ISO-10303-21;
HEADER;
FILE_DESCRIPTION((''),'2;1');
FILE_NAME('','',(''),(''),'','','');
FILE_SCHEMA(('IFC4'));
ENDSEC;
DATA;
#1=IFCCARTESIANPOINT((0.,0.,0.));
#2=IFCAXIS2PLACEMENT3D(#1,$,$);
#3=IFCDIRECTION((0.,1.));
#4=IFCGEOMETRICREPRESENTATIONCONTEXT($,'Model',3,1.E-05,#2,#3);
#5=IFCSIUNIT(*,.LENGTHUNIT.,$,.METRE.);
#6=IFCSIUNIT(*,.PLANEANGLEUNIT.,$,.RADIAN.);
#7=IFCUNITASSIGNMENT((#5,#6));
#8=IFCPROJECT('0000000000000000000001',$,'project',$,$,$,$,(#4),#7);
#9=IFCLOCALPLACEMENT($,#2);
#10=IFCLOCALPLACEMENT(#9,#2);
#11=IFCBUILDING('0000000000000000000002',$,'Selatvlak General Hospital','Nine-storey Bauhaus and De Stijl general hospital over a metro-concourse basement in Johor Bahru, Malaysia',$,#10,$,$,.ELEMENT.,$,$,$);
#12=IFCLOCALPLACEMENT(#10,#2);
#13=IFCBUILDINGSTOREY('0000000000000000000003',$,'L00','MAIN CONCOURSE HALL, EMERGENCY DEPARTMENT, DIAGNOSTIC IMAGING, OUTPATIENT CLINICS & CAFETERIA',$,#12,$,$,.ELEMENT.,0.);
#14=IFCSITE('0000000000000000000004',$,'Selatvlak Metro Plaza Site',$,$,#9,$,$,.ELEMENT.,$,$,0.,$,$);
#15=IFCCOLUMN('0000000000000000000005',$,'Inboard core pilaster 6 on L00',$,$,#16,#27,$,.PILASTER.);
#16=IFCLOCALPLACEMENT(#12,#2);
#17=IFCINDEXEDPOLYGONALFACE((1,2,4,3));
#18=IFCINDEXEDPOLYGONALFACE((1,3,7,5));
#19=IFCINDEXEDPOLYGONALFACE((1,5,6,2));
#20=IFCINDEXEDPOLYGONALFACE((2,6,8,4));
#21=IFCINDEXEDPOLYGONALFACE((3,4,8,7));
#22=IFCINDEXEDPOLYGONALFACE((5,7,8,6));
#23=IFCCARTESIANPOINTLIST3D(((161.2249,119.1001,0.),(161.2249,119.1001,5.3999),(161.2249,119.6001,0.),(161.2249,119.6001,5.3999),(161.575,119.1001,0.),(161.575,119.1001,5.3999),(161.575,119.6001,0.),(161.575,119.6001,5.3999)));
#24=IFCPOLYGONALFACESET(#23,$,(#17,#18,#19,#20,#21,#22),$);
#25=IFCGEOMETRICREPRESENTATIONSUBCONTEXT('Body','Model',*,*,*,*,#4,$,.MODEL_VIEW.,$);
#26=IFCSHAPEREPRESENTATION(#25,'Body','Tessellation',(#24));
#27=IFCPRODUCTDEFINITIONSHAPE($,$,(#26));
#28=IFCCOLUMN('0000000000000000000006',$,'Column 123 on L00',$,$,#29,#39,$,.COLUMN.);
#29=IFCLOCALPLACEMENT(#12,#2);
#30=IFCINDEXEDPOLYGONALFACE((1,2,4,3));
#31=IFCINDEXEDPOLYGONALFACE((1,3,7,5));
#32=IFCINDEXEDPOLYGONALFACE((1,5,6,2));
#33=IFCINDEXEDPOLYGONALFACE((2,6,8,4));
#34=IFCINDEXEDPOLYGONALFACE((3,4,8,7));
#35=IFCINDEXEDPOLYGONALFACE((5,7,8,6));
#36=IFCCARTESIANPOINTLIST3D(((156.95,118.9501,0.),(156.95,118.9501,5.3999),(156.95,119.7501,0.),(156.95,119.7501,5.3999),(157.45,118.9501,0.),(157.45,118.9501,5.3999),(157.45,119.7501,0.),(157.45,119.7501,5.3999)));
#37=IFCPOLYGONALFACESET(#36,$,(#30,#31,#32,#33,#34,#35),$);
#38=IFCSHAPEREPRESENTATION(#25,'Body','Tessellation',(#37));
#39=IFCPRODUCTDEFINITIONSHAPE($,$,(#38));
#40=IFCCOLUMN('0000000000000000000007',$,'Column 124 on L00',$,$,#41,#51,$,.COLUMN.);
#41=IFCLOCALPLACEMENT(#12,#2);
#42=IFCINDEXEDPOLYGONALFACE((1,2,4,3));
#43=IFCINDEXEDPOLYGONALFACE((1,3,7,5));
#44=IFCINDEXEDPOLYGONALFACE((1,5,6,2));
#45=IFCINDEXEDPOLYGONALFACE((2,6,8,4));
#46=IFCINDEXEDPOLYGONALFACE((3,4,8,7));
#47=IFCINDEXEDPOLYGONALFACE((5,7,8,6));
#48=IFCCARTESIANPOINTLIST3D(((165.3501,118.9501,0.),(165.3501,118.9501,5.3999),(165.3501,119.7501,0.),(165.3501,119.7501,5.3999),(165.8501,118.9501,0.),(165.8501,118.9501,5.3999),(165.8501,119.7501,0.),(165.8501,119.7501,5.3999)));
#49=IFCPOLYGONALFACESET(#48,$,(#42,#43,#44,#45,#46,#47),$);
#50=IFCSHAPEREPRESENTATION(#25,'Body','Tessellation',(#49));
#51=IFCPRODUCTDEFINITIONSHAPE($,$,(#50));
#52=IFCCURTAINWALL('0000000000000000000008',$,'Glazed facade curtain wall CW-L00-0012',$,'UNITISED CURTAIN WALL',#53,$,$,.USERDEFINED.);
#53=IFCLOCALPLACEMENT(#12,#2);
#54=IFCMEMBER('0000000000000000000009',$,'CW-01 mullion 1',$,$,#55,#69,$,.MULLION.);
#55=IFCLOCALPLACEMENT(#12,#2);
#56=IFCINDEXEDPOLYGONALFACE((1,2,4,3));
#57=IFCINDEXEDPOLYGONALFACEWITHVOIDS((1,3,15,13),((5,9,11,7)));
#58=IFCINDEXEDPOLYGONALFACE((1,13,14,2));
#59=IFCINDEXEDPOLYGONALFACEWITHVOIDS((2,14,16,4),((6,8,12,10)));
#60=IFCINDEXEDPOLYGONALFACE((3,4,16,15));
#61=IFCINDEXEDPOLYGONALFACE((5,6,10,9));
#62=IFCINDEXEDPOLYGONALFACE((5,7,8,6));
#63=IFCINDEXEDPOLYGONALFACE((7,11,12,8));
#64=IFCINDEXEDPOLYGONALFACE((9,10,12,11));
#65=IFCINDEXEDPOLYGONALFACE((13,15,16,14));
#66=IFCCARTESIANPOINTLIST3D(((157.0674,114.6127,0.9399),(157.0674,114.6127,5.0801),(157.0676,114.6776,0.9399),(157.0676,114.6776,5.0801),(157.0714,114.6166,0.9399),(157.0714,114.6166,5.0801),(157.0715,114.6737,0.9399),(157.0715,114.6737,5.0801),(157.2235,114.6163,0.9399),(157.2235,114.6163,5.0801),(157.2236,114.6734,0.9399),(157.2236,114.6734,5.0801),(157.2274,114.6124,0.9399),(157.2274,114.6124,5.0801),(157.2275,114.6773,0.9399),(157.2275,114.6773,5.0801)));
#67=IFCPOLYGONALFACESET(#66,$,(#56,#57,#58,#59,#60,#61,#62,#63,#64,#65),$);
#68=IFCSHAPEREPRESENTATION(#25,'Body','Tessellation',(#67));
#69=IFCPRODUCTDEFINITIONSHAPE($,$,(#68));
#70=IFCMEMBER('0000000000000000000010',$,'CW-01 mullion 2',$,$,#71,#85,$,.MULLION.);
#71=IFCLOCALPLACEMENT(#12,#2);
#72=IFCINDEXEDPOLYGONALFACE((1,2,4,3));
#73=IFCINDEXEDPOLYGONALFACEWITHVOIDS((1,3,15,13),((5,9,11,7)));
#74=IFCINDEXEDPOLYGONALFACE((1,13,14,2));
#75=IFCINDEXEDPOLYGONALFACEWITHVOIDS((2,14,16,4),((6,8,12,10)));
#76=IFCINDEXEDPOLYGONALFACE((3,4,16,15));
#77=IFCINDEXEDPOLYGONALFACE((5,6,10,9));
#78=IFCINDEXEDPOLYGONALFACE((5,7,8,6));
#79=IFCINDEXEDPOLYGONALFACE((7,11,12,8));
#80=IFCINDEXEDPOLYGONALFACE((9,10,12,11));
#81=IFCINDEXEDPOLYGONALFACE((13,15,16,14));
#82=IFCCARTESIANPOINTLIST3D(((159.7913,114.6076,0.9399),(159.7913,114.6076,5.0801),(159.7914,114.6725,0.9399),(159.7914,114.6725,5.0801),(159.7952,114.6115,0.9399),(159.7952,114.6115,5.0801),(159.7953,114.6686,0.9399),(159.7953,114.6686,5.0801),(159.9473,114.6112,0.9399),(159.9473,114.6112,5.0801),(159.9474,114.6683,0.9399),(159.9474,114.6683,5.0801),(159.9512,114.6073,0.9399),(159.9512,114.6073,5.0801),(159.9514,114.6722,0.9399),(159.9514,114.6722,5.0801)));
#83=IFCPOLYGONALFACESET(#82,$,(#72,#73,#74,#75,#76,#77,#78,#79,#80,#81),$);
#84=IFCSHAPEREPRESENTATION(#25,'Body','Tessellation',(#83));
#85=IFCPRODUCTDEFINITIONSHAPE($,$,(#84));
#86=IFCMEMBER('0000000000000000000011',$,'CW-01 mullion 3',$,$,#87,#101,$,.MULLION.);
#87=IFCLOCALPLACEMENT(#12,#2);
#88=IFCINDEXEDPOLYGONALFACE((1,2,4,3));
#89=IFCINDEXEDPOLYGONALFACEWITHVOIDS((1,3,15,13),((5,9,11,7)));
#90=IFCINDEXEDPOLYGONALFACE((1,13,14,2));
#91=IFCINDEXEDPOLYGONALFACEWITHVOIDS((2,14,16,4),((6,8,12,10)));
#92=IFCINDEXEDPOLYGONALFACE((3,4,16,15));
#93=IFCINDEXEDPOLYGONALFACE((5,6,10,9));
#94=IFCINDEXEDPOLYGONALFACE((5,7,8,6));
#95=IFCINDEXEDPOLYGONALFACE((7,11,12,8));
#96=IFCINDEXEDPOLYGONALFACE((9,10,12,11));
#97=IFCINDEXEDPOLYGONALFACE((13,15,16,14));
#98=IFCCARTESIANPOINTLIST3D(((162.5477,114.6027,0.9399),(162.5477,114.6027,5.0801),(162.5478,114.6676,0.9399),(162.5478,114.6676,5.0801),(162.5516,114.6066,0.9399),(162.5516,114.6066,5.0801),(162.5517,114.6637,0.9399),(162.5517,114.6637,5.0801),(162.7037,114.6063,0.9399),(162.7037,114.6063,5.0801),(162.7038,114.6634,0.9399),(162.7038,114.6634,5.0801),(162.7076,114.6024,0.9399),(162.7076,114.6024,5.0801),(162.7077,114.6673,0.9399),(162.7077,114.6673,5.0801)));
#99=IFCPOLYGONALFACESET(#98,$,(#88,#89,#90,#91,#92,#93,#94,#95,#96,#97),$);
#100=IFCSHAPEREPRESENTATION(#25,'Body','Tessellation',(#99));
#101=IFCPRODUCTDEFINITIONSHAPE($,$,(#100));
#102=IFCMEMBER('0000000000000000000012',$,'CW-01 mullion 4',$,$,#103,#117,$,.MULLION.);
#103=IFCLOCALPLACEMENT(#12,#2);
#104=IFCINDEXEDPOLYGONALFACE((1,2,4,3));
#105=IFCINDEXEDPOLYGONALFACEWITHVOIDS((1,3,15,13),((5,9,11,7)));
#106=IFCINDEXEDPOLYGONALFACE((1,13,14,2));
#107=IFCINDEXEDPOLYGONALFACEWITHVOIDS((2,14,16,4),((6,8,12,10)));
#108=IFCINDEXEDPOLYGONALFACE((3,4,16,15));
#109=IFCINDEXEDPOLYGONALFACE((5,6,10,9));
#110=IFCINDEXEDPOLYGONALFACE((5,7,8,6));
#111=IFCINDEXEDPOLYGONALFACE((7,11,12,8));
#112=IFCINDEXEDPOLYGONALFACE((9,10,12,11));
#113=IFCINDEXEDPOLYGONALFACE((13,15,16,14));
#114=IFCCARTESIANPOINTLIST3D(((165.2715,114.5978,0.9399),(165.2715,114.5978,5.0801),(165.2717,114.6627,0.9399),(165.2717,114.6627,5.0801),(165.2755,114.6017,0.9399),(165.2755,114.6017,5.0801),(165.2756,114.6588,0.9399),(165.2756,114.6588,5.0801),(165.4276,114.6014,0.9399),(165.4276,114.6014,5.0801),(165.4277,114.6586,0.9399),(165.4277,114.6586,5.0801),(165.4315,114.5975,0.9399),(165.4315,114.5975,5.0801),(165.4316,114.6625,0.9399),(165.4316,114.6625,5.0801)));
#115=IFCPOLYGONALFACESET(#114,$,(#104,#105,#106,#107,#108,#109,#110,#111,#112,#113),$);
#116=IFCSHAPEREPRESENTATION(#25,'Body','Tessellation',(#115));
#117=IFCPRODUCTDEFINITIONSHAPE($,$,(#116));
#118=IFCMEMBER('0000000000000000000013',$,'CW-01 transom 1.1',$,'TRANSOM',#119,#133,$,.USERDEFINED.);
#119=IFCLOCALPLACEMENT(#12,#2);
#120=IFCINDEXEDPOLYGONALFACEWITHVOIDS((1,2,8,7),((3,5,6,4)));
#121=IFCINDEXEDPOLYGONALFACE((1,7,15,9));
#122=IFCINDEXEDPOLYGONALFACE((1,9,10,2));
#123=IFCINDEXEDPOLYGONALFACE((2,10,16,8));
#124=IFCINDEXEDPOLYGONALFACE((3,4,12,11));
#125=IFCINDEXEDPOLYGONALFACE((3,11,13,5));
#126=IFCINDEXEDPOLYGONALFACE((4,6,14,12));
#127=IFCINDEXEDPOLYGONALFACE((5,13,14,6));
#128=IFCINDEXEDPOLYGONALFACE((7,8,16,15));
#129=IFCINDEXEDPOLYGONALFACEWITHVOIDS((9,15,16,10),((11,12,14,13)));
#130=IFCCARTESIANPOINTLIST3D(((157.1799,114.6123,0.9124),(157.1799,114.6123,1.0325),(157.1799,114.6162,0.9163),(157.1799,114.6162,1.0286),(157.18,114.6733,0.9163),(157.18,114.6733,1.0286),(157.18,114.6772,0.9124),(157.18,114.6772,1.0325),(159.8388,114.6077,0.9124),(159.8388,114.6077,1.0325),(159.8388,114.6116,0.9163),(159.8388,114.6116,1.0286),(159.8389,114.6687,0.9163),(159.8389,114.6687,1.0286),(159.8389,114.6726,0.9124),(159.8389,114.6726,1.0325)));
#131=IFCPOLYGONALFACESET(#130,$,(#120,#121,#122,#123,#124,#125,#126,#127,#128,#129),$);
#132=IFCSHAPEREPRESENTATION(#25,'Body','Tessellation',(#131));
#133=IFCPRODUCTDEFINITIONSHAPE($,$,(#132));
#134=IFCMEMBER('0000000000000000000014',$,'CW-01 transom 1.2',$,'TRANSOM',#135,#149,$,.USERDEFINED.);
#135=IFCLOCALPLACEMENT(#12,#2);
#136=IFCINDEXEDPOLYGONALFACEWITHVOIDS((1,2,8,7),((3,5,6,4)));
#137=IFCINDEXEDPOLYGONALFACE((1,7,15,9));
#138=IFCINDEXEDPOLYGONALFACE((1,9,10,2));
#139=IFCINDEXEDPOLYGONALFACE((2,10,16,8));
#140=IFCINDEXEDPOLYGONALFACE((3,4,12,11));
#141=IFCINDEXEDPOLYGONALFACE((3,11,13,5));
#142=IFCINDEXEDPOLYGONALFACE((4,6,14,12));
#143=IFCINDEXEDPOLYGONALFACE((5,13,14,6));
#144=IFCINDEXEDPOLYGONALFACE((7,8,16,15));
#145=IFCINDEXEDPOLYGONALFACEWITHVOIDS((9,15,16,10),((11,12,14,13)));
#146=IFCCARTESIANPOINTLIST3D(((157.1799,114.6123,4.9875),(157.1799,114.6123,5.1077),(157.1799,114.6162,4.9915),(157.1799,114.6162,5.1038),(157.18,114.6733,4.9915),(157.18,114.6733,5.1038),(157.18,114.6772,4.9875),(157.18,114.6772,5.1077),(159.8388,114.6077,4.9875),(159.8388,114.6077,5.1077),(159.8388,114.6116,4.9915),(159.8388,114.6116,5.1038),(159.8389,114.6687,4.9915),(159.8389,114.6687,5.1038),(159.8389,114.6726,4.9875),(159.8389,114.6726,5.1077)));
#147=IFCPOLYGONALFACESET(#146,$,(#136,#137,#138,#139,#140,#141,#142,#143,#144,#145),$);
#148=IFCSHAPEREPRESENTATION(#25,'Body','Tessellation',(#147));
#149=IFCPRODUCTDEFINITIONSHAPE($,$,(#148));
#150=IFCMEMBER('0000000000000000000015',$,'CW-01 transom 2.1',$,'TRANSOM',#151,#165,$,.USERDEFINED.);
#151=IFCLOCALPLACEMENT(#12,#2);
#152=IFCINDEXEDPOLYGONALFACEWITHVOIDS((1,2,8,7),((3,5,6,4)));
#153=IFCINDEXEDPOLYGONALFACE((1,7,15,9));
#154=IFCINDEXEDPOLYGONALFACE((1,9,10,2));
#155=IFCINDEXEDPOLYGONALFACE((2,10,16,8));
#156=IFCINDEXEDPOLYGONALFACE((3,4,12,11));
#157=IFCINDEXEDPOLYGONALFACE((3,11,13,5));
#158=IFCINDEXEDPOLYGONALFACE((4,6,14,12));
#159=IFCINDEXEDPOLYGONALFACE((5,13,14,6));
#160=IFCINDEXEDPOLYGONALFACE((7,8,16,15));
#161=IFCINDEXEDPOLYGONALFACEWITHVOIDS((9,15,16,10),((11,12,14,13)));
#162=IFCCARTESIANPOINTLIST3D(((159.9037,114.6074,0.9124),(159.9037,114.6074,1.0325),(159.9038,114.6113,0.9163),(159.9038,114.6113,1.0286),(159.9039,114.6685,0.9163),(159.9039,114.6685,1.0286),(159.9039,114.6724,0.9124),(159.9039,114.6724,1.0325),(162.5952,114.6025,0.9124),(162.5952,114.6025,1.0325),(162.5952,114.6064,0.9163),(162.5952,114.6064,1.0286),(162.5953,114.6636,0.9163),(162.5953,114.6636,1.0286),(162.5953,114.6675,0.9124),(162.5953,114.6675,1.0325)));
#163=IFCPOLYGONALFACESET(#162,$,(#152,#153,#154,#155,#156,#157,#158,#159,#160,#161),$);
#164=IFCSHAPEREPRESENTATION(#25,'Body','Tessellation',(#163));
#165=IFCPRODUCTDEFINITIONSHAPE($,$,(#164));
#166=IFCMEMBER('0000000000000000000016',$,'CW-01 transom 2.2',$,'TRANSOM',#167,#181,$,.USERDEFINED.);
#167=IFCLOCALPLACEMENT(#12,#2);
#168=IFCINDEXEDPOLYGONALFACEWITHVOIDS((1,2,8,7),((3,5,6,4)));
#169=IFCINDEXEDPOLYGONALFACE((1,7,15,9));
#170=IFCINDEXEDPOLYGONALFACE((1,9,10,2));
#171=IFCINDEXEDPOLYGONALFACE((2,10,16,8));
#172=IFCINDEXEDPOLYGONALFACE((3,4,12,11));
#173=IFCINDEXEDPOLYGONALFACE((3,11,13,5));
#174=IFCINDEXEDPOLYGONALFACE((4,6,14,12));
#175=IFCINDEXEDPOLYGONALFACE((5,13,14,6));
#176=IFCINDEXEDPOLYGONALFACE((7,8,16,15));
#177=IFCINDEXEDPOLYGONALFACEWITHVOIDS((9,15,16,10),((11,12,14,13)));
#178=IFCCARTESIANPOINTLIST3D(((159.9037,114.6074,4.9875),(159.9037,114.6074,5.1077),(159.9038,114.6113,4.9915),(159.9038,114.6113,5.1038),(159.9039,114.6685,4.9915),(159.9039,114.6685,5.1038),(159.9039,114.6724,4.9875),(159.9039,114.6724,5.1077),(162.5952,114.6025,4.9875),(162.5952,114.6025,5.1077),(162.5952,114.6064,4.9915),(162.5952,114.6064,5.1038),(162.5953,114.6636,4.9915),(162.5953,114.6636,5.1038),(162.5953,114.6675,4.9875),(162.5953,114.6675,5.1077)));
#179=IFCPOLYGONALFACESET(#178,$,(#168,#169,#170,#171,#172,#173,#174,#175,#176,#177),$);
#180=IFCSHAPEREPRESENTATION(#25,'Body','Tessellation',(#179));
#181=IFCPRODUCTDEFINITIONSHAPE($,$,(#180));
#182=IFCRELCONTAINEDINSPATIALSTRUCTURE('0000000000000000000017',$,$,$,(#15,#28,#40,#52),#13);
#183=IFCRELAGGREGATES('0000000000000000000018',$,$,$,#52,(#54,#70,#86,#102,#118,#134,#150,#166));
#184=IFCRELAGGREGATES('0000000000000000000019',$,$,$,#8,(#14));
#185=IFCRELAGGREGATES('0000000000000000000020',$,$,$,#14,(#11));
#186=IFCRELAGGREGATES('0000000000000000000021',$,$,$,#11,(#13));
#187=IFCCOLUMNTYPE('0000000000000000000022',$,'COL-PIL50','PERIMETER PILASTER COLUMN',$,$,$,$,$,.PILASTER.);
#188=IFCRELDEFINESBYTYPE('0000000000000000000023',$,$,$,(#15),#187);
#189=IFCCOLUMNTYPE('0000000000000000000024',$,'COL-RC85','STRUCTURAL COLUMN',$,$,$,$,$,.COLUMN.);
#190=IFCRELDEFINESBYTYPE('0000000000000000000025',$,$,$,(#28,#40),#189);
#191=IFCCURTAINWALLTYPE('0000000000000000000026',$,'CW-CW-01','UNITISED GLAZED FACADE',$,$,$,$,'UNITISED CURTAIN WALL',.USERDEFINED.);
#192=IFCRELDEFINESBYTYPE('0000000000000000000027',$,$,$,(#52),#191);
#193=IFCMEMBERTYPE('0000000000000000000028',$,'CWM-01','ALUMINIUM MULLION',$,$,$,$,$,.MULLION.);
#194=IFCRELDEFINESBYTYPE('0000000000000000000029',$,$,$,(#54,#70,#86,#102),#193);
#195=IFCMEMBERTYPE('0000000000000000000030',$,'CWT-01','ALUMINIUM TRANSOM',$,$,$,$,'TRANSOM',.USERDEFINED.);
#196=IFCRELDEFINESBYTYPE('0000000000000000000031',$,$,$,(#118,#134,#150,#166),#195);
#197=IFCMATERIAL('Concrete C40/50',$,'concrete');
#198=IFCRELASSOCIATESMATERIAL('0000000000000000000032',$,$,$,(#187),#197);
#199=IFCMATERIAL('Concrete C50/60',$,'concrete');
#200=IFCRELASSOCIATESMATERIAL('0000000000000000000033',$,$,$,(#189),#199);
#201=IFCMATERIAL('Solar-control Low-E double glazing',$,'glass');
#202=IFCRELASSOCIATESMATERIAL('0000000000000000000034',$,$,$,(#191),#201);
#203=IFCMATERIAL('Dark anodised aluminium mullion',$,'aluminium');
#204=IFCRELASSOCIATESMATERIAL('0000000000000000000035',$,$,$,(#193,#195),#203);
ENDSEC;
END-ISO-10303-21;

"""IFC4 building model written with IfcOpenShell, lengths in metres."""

from ifc_helpers import new_model, si_unit, direction, frame, origin, origin_2d, place, context, subcontext, project, spatial, rectangle, hollow_rectangle, extrude, material, material_profile, profile_set, type_object, element, aggregate, save


model = new_model("IFC4")

# Units and contexts
model_context = context("Model", 3, precision=1e-05, world=origin(), true_north=direction((0.0, 1.0)))
body_context = subcontext(model_context, "Body", "Model", "MODEL_VIEW")
ifc_project = project(units=[si_unit("LENGTHUNIT", "METRE"), si_unit("PLANEANGLEUNIT", "RADIAN")], contexts=[model_context])

# Site, building, storey
site_placement = place(None, origin())
site = spatial("IfcSite", under=ifc_project, at=site_placement, Name="Selatvlak Metro Plaza Site", CompositionType="ELEMENT", RefElevation=0.0)
building_placement = place(site_placement, origin())
building = spatial("IfcBuilding", under=site, at=building_placement, Name="Selatvlak General Hospital", Description="Nine-storey Bauhaus and De Stijl general hospital over a metro-concourse basement in Johor Bahru, Malaysia", CompositionType="ELEMENT")
storey_placement = place(building_placement, origin())
storey = spatial("IfcBuildingStorey", under=building, at=storey_placement, Name="L00", Description="MAIN CONCOURSE HALL, EMERGENCY DEPARTMENT, DIAGNOSTIC IMAGING, OUTPATIENT CLINICS & CAFETERIA", CompositionType="ELEMENT", Elevation=0.0)

# Columns
ifc_material_1 = material(Name="Concrete C40/50", Category="concrete")
ifc_material_profile_1 = material_profile(ifc_material_1, rectangle(XDim=0.3501, YDim=0.5, at=origin_2d()), Name="RC-PIL 500x350")
ifc_profile_set_1 = profile_set([ifc_material_profile_1], Name="Concrete C40/50")
column_type_1 = type_object("IfcColumnType", Name="COL-PIL50", Description="PERIMETER PILASTER COLUMN", PredefinedType="PILASTER", material=ifc_profile_set_1)
column_placement = place(storey_placement, frame((161.3999, 119.3501, 0.0), z_axis=(0.0, 0.0, 1.0), x_axis=(1.0, 0.0, 0.0)))
element("IfcColumn", 1, at=column_placement, inside=storey, type_object=column_type_1, Name="Inboard core pilaster 6 on L00", PredefinedType="PILASTER", context=body_context, shape_type="SweptSolid", body=[
    extrude(rectangle(XDim=0.3501, YDim=0.5, at=origin_2d()), origin(), (0.0, 0.0, 1.0), 5.3999),
])
ifc_material_2 = material(Name="Concrete C50/60", Category="concrete")
ifc_material_profile_2 = material_profile(ifc_material_2, rectangle(XDim=0.5, YDim=0.8, at=origin_2d()), Name="RC-COL 800x500")
ifc_profile_set_2 = profile_set([ifc_material_profile_2], Name="Concrete C50/60")
column_type_2 = type_object("IfcColumnType", Name="COL-RC85", Description="STRUCTURAL COLUMN", PredefinedType="COLUMN", material=ifc_profile_set_2)
for number, where, z_axis, x_axis, name in (
    (2, (157.2, 119.3501, 0.0), (0.0, 0.0, 1.0), (1.0, 0.0, 0.0), "Column 123 on L00"),
    (3, (165.6001, 119.3501, 0.0), (0.0, 0.0, 1.0), (1.0, 0.0, 0.0), "Column 124 on L00"),
):
    element("IfcColumn", number, at=place(storey_placement, frame(where, z_axis=z_axis, x_axis=x_axis)), inside=storey, type_object=column_type_2, Name=name, PredefinedType="COLUMN", context=body_context, shape_type="SweptSolid", body=[
        extrude(rectangle(XDim=0.5, YDim=0.8, at=origin_2d()), origin(), (0.0, 0.0, 1.0), 5.3999),
    ])

# Curtain wall, members
ifc_material_3 = material(Name="Solar-control Low-E double glazing", Category="glass")
curtain_wall_type = type_object("IfcCurtainWallType", Name="CW-CW-01", Description="UNITISED GLAZED FACADE", ElementType="UNITISED CURTAIN WALL", PredefinedType="USERDEFINED", material=ifc_material_3)
curtain_wall_1_placement = place(storey_placement, origin())
curtain_wall_1 = element("IfcCurtainWall", 4, at=curtain_wall_1_placement, inside=storey, type_object=curtain_wall_type, Name="Glazed facade curtain wall CW-L00-0012", ObjectType="UNITISED CURTAIN WALL", PredefinedType="USERDEFINED")
ifc_material_4 = material(Name="Dark anodised aluminium mullion", Category="aluminium")
ifc_material_profile_3 = material_profile(ifc_material_4, hollow_rectangle(XDim=0.0649, YDim=0.1599, WallThickness=0.0039, at=origin_2d()), Name="AL-MUL 65x160x4")
ifc_profile_set_3 = profile_set([ifc_material_profile_3], Name="Dark anodised aluminium mullion")
member_type_1 = type_object("IfcMemberType", Name="CWM-01", Description="ALUMINIUM MULLION", PredefinedType="MULLION", material=ifc_profile_set_3)
member_1_placement = place(storey_placement, frame((157.1475, 114.645, 0.9399), z_axis=(0.0, 0.0, 1.0), x_axis=(0.001814, 0.999998, 0.0)))
member_1 = element("IfcMember", 5, at=member_1_placement, type_object=member_type_1, Name="CW-01 mullion 1", PredefinedType="MULLION", context=body_context, shape_type="SweptSolid", body=[
    extrude(hollow_rectangle(XDim=0.0649, YDim=0.1599, WallThickness=0.0039, at=origin_2d()), origin(), (0.0, 0.0, 1.0), 4.1401),
])
member_2_placement = place(storey_placement, frame((159.8713, 114.6399, 0.9399), z_axis=(0.0, 0.0, 1.0), x_axis=(0.001814, 0.999998, 0.0)))
member_2 = element("IfcMember", 6, at=member_2_placement, type_object=member_type_1, Name="CW-01 mullion 2", PredefinedType="MULLION", context=body_context, shape_type="SweptSolid", body=[
    extrude(hollow_rectangle(XDim=0.0649, YDim=0.1599, WallThickness=0.0039, at=origin_2d()), origin(), (0.0, 0.0, 1.0), 4.1401),
])
member_3_placement = place(storey_placement, frame((162.6277, 114.635, 0.9399), z_axis=(0.0, 0.0, 1.0), x_axis=(0.001814, 0.999998, 0.0)))
member_3 = element("IfcMember", 7, at=member_3_placement, type_object=member_type_1, Name="CW-01 mullion 3", PredefinedType="MULLION", context=body_context, shape_type="SweptSolid", body=[
    extrude(hollow_rectangle(XDim=0.0649, YDim=0.1599, WallThickness=0.0039, at=origin_2d()), origin(), (0.0, 0.0, 1.0), 4.1401),
])
member_4_placement = place(storey_placement, frame((165.3516, 114.6301, 0.9399), z_axis=(0.0, 0.0, 1.0), x_axis=(0.001814, 0.999998, 0.0)))
member_4 = element("IfcMember", 8, at=member_4_placement, type_object=member_type_1, Name="CW-01 mullion 4", PredefinedType="MULLION", context=body_context, shape_type="SweptSolid", body=[
    extrude(hollow_rectangle(XDim=0.0649, YDim=0.1599, WallThickness=0.0039, at=origin_2d()), origin(), (0.0, 0.0, 1.0), 4.1401),
])
ifc_material_profile_4 = material_profile(ifc_material_4, hollow_rectangle(XDim=0.0649, YDim=0.1201, WallThickness=0.0039, at=origin_2d()), Name="AL-TRN 65x120x4")
ifc_profile_set_4 = profile_set([ifc_material_profile_4], Name="Dark anodised aluminium mullion")
member_type_2 = type_object("IfcMemberType", Name="CWT-01", Description="ALUMINIUM TRANSOM", ElementType="TRANSOM", PredefinedType="USERDEFINED", material=ifc_profile_set_4)
member_5_placement = place(storey_placement, frame((157.1799, 114.6448, 0.9724), z_axis=(0.999998, -0.001745, 0.0), x_axis=(0.001745, 0.999998, 0.0)))
member_5 = element("IfcMember", 9, at=member_5_placement, type_object=member_type_2, Name="CW-01 transom 1.1", ObjectType="TRANSOM", PredefinedType="USERDEFINED", context=body_context, shape_type="SweptSolid", body=[
    extrude(hollow_rectangle(XDim=0.0649, YDim=0.1201, WallThickness=0.0039, at=origin_2d()), origin(), (0.0, 0.0, 1.0), 2.6589),
])
member_6_placement = place(storey_placement, frame((157.1799, 114.6448, 5.0476), z_axis=(0.999998, -0.001745, 0.0), x_axis=(0.001745, 0.999998, 0.0)))
member_6 = element("IfcMember", 10, at=member_6_placement, type_object=member_type_2, Name="CW-01 transom 1.2", ObjectType="TRANSOM", PredefinedType="USERDEFINED", context=body_context, shape_type="SweptSolid", body=[
    extrude(hollow_rectangle(XDim=0.0649, YDim=0.1201, WallThickness=0.0039, at=origin_2d()), origin(), (0.0, 0.0, 1.0), 2.6589),
])
member_7_placement = place(storey_placement, frame((159.9038, 114.6399, 0.9724), z_axis=(0.999998, -0.001814, 0.0), x_axis=(0.001814, 0.999998, 0.0)))
member_7 = element("IfcMember", 11, at=member_7_placement, type_object=member_type_2, Name="CW-01 transom 2.1", ObjectType="TRANSOM", PredefinedType="USERDEFINED", context=body_context, shape_type="SweptSolid", body=[
    extrude(hollow_rectangle(XDim=0.0649, YDim=0.1201, WallThickness=0.0039, at=origin_2d()), origin(), (0.0, 0.0, 1.0), 2.6914),
])
member_8_placement = place(storey_placement, frame((159.9038, 114.6399, 5.0476), z_axis=(0.999998, -0.001814, 0.0), x_axis=(0.001814, 0.999998, 0.0)))
member_8 = element("IfcMember", 12, at=member_8_placement, type_object=member_type_2, Name="CW-01 transom 2.2", ObjectType="TRANSOM", PredefinedType="USERDEFINED", context=body_context, shape_type="SweptSolid", body=[
    extrude(hollow_rectangle(XDim=0.0649, YDim=0.1201, WallThickness=0.0039, at=origin_2d()), origin(), (0.0, 0.0, 1.0), 2.6914),
])

aggregate(curtain_wall_1, [member_1, member_2, member_3, member_4, member_5, member_6, member_7, member_8])

save(model, "model.ifc")
